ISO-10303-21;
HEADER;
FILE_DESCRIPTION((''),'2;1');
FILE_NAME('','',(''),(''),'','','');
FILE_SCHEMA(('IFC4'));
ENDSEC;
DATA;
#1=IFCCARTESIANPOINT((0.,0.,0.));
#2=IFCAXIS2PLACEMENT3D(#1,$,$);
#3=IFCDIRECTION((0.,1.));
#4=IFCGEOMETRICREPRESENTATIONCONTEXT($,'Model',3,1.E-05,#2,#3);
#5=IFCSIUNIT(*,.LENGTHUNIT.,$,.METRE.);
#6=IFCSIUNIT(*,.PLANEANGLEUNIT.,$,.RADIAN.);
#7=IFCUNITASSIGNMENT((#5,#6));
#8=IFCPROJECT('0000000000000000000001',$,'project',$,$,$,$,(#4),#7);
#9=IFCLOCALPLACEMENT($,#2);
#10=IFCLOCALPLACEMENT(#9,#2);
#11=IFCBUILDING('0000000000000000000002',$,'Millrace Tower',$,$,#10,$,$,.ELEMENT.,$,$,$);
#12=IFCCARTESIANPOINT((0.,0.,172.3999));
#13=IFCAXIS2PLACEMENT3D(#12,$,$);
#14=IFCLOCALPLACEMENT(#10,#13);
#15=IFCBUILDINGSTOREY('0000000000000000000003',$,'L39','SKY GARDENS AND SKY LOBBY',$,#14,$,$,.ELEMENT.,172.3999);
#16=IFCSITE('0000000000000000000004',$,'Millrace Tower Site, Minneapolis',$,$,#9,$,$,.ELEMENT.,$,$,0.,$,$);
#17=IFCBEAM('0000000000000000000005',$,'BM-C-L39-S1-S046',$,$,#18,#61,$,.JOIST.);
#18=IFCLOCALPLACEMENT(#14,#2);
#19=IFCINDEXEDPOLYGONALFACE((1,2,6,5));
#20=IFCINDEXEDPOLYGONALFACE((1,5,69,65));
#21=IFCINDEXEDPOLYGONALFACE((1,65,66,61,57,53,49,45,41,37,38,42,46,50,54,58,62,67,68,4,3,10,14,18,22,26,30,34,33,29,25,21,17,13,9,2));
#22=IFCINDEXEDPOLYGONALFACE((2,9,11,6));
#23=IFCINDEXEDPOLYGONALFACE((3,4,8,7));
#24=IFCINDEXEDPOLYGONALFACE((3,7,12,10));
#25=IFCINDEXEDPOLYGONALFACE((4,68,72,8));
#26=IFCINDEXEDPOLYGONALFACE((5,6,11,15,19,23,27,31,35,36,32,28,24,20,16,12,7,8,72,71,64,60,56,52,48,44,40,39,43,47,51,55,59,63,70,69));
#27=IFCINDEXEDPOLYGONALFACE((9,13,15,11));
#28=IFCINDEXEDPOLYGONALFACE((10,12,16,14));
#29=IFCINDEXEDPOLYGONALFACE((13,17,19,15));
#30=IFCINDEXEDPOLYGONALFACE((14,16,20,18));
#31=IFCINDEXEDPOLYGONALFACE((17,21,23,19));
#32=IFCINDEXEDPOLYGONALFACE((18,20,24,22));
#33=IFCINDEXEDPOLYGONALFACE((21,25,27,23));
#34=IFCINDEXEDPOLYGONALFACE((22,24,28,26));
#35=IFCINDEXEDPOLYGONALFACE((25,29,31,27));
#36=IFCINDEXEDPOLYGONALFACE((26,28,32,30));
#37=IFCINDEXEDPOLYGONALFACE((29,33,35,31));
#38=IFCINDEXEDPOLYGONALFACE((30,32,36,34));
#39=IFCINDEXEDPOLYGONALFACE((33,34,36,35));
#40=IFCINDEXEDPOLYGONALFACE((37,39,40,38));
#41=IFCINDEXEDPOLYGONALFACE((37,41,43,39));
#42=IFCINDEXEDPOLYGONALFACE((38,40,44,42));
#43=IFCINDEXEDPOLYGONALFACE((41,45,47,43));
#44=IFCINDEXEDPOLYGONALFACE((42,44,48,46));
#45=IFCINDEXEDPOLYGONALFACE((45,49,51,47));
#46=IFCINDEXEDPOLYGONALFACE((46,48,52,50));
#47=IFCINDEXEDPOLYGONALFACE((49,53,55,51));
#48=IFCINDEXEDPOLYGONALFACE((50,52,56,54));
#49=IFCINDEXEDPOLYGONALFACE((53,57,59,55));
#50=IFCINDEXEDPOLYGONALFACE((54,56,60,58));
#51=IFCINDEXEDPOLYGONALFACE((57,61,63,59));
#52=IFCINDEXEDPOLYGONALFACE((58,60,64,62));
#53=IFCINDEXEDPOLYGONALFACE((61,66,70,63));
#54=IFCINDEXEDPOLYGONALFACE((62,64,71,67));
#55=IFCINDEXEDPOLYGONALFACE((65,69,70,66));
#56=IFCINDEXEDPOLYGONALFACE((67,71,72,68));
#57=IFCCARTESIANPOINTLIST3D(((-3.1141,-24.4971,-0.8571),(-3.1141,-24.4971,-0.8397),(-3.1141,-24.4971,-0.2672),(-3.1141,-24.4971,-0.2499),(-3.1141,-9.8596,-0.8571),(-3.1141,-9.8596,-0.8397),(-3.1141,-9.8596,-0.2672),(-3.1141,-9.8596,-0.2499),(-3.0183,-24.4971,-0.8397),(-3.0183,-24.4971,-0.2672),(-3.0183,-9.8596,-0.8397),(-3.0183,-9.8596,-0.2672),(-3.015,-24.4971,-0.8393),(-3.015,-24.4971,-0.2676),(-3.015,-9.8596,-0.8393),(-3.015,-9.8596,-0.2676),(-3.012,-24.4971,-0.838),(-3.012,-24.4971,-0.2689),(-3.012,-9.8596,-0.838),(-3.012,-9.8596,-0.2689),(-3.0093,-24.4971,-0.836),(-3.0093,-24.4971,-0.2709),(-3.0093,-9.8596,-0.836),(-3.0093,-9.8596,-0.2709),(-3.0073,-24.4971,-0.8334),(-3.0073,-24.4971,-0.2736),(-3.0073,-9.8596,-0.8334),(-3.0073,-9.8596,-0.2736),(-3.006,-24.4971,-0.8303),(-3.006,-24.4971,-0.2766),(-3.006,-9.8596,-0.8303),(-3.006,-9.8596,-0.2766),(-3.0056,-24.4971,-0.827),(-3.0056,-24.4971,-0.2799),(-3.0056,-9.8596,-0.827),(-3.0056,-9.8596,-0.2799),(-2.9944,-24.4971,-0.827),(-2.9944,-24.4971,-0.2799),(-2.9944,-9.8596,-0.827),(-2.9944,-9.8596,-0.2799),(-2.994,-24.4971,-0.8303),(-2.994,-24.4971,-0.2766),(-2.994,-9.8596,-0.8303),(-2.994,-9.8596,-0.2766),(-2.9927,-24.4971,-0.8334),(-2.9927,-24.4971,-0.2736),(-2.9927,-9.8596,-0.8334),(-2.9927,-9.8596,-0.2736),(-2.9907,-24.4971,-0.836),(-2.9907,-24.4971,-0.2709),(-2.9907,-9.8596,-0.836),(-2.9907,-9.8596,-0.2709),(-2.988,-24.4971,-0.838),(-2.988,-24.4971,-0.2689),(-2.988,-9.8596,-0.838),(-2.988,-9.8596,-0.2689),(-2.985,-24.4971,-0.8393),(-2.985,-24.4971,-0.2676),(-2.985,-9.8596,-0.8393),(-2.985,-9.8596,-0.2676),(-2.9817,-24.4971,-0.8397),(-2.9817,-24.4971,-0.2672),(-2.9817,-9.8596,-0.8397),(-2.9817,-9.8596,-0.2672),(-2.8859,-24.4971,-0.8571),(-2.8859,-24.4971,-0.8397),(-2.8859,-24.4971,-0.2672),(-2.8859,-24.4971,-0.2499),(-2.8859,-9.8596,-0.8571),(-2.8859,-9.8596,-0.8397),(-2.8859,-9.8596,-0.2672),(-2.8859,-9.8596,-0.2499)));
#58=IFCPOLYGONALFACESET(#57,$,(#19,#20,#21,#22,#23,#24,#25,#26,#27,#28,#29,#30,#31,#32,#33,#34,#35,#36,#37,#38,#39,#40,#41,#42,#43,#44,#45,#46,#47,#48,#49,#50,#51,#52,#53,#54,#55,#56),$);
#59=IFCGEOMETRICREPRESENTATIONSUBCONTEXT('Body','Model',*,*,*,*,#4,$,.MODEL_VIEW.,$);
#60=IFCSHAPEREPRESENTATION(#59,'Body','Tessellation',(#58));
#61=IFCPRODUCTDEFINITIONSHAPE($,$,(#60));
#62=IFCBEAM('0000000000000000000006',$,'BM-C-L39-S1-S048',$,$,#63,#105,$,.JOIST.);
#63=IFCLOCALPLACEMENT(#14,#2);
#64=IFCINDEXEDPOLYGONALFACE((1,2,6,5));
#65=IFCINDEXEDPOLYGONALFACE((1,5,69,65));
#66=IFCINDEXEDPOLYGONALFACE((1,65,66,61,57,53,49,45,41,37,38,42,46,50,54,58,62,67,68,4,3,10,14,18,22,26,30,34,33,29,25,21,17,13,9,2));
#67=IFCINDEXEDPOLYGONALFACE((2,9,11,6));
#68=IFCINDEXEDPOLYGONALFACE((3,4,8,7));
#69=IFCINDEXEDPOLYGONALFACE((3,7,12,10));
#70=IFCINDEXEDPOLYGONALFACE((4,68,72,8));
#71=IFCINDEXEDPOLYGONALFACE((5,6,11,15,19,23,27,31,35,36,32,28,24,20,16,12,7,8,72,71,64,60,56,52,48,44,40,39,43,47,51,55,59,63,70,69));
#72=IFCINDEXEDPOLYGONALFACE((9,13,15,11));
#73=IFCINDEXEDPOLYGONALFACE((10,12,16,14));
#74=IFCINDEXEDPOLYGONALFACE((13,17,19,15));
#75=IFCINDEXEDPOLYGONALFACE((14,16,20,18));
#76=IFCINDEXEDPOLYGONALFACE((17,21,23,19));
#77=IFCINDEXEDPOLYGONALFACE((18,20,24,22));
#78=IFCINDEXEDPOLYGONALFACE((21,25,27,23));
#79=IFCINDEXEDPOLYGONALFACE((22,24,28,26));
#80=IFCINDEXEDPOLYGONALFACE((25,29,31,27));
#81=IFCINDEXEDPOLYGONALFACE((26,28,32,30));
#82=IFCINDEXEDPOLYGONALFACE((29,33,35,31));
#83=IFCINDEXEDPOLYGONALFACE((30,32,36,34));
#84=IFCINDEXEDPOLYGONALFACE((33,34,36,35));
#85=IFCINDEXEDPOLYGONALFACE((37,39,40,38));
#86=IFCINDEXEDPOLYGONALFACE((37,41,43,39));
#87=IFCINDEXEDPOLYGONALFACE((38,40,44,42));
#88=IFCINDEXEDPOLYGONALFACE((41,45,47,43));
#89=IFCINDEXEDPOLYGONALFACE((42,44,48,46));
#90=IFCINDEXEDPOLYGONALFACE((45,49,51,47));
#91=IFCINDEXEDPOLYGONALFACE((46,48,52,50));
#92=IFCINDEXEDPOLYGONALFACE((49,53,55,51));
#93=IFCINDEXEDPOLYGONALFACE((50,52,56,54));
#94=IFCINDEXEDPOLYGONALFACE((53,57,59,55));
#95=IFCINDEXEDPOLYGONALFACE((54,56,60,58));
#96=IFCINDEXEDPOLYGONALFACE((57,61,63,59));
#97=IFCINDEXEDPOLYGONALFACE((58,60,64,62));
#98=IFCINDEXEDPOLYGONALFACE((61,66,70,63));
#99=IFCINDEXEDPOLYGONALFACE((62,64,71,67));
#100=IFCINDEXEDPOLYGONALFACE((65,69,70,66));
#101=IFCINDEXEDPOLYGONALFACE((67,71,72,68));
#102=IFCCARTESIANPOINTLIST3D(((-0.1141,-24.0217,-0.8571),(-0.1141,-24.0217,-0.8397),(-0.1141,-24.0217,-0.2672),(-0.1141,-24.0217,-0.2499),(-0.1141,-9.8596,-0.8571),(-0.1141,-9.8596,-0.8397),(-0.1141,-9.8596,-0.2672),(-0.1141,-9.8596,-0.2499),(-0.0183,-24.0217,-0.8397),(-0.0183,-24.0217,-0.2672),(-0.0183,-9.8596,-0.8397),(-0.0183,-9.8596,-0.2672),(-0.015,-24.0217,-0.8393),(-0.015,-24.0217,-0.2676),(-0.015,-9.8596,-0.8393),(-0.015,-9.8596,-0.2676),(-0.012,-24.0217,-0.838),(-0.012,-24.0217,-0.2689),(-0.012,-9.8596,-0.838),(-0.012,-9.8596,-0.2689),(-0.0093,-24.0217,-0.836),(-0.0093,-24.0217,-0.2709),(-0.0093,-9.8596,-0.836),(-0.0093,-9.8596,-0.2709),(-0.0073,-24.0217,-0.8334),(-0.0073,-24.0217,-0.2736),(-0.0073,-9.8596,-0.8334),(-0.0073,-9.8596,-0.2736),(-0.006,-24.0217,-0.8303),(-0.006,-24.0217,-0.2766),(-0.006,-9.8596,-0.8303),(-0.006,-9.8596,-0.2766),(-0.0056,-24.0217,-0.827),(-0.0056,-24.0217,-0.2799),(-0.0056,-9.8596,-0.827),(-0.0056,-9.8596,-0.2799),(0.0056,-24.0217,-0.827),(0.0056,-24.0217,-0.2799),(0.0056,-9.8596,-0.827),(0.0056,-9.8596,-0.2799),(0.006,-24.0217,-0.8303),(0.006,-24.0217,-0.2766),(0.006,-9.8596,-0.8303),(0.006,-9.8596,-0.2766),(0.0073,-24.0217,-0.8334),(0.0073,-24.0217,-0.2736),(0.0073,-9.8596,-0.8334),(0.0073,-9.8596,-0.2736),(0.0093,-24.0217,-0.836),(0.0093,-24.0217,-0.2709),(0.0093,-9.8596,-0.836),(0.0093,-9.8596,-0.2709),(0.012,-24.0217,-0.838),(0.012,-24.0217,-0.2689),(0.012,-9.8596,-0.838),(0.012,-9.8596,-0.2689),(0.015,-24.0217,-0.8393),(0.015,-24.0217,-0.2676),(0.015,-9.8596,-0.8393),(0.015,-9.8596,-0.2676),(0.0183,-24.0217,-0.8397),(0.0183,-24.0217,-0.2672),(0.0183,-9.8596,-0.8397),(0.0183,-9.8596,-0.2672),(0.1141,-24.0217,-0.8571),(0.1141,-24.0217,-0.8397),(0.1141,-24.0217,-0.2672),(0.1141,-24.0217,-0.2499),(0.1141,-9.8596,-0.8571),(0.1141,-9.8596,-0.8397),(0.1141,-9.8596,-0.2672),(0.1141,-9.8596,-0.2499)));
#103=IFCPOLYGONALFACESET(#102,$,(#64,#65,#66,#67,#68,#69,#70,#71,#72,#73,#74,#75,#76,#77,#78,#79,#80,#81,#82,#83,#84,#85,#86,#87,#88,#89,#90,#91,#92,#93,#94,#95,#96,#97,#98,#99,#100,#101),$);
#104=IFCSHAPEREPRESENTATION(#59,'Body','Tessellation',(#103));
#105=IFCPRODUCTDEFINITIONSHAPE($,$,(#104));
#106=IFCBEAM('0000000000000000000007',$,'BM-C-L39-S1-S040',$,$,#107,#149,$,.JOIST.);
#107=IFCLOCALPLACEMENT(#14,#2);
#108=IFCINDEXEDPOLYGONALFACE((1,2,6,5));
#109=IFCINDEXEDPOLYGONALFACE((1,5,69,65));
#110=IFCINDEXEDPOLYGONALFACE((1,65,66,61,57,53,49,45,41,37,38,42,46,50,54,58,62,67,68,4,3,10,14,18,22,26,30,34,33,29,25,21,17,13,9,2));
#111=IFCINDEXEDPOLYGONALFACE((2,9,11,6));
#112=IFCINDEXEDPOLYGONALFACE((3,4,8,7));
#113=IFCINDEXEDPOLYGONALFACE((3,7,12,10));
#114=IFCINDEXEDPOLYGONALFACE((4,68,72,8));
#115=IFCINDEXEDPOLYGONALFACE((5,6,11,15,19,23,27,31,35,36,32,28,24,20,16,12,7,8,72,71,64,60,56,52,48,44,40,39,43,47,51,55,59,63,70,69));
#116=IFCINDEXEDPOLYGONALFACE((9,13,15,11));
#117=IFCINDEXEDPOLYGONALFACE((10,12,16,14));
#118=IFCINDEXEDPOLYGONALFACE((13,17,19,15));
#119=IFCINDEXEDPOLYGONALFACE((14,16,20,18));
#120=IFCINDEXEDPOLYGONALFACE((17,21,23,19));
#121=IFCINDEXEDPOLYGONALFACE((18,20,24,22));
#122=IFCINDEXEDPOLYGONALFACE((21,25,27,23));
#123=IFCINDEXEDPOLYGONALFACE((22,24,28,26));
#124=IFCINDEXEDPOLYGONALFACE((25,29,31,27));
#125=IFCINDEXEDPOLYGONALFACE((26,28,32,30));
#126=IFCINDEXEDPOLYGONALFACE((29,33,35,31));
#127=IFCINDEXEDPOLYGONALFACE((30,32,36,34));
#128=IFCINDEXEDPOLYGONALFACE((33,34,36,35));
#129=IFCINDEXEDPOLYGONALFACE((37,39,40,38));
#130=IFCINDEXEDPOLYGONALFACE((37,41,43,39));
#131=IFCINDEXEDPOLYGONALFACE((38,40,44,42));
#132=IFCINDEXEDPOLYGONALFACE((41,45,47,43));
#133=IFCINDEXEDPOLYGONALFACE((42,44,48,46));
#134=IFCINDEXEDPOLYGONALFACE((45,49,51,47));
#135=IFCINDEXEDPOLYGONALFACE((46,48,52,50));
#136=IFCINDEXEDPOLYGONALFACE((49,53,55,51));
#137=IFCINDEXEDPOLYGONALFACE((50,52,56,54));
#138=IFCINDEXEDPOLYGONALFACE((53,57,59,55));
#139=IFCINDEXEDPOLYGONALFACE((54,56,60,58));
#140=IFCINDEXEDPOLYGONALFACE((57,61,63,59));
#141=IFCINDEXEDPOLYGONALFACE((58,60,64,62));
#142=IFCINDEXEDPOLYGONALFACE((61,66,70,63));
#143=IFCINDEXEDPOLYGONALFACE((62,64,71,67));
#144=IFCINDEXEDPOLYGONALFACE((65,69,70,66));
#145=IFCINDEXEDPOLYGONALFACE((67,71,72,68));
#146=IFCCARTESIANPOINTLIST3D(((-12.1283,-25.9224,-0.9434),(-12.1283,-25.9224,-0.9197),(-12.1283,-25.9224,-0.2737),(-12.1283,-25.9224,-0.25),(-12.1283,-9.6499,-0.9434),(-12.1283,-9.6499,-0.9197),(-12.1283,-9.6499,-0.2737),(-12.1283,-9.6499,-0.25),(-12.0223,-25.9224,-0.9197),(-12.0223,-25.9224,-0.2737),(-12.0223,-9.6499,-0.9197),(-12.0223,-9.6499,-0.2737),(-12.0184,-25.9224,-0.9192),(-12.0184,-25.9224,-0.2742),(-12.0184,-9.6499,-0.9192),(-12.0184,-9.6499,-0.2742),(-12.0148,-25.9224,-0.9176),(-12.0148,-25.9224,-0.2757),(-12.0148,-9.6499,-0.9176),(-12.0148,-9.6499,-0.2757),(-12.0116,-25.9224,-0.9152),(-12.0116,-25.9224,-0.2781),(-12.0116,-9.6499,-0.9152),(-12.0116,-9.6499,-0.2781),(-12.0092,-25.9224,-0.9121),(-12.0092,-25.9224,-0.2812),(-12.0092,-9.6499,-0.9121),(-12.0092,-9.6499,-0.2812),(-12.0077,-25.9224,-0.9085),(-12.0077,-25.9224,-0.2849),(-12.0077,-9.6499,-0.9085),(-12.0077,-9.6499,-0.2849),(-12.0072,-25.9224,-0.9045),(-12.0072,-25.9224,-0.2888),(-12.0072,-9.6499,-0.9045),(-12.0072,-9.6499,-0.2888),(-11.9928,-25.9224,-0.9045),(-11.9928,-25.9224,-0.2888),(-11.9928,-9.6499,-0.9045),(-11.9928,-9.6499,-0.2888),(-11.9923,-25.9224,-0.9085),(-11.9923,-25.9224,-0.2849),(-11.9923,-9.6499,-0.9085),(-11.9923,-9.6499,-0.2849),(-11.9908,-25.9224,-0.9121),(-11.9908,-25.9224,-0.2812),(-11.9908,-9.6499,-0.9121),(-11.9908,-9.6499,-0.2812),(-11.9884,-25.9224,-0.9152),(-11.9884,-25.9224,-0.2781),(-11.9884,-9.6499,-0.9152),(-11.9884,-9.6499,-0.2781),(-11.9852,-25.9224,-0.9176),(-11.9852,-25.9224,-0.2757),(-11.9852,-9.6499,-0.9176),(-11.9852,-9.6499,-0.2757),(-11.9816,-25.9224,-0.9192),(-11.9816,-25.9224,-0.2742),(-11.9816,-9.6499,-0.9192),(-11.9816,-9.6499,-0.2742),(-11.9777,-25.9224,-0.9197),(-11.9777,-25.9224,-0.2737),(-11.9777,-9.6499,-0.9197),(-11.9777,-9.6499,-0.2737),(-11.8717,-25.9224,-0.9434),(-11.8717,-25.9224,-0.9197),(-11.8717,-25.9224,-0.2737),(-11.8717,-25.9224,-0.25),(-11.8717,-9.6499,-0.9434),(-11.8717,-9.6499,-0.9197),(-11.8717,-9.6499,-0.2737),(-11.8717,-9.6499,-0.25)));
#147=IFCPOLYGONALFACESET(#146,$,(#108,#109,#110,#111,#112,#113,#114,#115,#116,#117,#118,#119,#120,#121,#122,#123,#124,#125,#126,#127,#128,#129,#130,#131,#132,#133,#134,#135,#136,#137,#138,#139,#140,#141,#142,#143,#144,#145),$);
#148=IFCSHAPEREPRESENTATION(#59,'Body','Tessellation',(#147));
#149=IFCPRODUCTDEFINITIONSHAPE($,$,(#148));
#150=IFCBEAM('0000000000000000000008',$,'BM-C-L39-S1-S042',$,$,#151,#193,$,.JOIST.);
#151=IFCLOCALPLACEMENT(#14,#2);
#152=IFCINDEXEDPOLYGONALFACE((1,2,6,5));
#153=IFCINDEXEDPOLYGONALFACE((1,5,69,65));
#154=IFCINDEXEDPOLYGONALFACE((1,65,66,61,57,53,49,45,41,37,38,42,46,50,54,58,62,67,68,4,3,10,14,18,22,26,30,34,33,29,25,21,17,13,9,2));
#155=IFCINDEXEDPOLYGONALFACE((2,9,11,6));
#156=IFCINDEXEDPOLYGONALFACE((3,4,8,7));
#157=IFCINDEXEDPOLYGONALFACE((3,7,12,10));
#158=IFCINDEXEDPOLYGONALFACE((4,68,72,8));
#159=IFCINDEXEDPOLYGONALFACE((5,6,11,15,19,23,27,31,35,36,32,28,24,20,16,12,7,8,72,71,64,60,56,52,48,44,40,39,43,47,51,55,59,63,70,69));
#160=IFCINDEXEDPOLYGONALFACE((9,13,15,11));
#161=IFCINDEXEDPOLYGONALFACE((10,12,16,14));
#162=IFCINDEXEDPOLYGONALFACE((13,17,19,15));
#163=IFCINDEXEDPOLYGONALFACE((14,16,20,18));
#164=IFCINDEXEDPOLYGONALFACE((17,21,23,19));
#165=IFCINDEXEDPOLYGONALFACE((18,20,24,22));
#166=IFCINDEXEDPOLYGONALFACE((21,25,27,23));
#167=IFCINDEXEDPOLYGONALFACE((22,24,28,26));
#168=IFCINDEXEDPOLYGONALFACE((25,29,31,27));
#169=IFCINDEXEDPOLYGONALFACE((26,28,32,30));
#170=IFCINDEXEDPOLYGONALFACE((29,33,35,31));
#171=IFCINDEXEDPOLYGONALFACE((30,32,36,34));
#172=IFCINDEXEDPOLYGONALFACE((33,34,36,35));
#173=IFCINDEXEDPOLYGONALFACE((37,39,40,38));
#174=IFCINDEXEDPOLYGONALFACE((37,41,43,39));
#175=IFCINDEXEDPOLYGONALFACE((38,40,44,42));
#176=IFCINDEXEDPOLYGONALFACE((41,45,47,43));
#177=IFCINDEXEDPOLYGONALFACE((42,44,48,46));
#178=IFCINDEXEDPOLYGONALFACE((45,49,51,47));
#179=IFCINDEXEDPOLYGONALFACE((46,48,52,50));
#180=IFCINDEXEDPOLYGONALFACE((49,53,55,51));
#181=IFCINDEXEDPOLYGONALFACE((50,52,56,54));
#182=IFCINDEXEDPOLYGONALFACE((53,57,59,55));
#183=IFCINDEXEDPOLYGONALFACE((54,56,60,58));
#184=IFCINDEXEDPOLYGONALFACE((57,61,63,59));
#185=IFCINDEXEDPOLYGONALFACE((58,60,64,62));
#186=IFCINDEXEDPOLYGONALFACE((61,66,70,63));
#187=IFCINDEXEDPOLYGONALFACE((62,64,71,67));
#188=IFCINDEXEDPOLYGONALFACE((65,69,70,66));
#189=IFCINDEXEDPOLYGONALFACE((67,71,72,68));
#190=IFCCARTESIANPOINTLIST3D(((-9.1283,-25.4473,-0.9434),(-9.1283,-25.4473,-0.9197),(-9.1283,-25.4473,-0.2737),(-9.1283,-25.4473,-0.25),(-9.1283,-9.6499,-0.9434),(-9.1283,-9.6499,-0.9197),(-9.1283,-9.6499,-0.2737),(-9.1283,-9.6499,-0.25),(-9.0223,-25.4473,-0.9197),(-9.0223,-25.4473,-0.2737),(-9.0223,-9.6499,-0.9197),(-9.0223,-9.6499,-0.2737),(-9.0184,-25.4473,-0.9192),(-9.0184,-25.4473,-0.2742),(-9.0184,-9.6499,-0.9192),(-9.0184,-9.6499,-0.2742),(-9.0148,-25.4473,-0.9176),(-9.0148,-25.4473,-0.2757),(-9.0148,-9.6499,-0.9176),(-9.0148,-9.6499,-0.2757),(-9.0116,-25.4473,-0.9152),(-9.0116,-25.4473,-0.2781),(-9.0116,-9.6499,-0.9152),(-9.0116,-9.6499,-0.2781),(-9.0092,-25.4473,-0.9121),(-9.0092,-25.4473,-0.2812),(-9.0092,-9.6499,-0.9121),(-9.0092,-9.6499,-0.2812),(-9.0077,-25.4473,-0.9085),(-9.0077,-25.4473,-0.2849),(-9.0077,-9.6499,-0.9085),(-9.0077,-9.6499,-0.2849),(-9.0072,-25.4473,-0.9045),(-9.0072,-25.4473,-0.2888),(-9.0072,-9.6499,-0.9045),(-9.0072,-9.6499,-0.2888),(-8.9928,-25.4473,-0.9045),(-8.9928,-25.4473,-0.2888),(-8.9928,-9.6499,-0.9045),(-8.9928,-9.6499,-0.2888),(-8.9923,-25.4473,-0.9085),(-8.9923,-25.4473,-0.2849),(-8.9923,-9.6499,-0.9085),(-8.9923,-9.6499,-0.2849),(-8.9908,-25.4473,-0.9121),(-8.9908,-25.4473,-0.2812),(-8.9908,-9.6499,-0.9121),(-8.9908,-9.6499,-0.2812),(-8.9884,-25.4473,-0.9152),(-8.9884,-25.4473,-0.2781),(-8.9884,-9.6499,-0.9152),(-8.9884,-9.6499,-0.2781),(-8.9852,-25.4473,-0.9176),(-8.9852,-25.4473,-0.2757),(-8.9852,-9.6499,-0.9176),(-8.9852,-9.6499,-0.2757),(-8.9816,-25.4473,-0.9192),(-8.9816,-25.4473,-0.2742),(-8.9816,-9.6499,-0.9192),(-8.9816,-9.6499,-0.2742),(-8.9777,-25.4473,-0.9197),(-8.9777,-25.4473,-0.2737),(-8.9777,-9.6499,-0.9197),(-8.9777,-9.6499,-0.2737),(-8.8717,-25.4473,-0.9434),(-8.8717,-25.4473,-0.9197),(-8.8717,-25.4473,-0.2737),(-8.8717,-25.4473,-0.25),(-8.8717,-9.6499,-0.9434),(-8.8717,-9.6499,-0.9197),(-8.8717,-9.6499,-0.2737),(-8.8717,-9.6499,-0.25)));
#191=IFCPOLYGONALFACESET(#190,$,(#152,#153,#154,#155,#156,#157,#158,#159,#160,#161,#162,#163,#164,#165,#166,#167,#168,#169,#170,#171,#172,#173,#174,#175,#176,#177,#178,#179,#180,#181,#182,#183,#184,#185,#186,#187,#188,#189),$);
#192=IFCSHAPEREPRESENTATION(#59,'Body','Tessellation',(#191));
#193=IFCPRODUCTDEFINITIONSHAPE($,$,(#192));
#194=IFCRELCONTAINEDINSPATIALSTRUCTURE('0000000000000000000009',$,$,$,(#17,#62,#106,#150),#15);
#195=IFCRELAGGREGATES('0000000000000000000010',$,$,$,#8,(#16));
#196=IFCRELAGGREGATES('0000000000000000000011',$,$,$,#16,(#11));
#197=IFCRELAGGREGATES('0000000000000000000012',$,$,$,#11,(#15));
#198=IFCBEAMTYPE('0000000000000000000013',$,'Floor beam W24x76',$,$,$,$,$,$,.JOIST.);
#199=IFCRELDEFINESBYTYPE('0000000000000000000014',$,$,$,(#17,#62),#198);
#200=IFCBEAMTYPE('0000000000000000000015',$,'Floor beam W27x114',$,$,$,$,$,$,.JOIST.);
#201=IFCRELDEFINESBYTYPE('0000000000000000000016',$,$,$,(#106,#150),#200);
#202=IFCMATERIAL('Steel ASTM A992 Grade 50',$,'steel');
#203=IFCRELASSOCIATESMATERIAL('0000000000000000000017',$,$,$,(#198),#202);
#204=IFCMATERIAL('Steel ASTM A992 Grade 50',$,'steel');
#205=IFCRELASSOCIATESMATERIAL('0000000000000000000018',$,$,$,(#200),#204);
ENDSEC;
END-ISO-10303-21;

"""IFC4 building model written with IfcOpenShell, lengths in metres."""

from ifc_helpers import new_model, si_unit, direction, frame, origin, origin_2d, place, context, subcontext, project, spatial, i_section, extrude, material, material_profile, profile_set, type_object, element, save


model = new_model("IFC4")

# Units and contexts
model_context = context("Model", 3, precision=1e-05, world=origin(), true_north=direction((0.0, 1.0)))
body_context = subcontext(model_context, "Body", "Model", "MODEL_VIEW")
ifc_project = project(units=[si_unit("LENGTHUNIT", "METRE"), si_unit("PLANEANGLEUNIT", "RADIAN")], contexts=[model_context])

# Site, building, storey
site_placement = place(None, origin())
site = spatial("IfcSite", under=ifc_project, at=site_placement, Name="Millrace Tower Site, Minneapolis", CompositionType="ELEMENT", RefElevation=0.0)
building_placement = place(site_placement, origin())
building = spatial("IfcBuilding", under=site, at=building_placement, Name="Millrace Tower", CompositionType="ELEMENT")
storey_placement = place(building_placement, frame((0.0, 0.0, 172.3999)))
storey = spatial("IfcBuildingStorey", under=building, at=storey_placement, Name="L39", Description="SKY GARDENS AND SKY LOBBY", CompositionType="ELEMENT", Elevation=172.3999)

# Beams
ifc_material_1 = material(Name="Steel ASTM A992 Grade 50", Category="steel")
ifc_material_profile_1 = material_profile(ifc_material_1, i_section(OverallWidth=0.2283, OverallDepth=0.6072, WebThickness=0.0112, FlangeThickness=0.0173, FilletRadius=0.0127, at=origin_2d()))
ifc_profile_set_1 = profile_set([ifc_material_profile_1], Name="Steel ASTM A992 Grade 50")
beam_type_1 = type_object("IfcBeamType", Name="Floor beam W24x76", PredefinedType="JOIST", material=ifc_profile_set_1)
beam_1_placement = place(storey_placement, frame((-3.0, -24.4971, -0.5535), z_axis=(0.0, 1.0, 0.0), x_axis=(-1.0, 0.0, 0.0)))
element("IfcBeam", 1, at=beam_1_placement, inside=storey, type_object=beam_type_1, Name="BM-C-L39-S1-S046", PredefinedType="JOIST", context=body_context, shape_type="SweptSolid", body=[
    extrude(i_section(OverallWidth=0.2283, OverallDepth=0.6072, WebThickness=0.0112, FlangeThickness=0.0173, FilletRadius=0.0127, at=origin_2d()), origin(), (0.0, 0.0, 1.0), 14.6375),
])
beam_2_placement = place(storey_placement, frame((0.0, -24.0217, -0.5535), z_axis=(0.0, 1.0, 0.0), x_axis=(-1.0, 0.0, 0.0)))
element("IfcBeam", 2, at=beam_2_placement, inside=storey, type_object=beam_type_1, Name="BM-C-L39-S1-S048", PredefinedType="JOIST", context=body_context, shape_type="SweptSolid", body=[
    extrude(i_section(OverallWidth=0.2283, OverallDepth=0.6072, WebThickness=0.0112, FlangeThickness=0.0173, FilletRadius=0.0127, at=origin_2d()), origin(), (0.0, 0.0, 1.0), 14.1621),
])
ifc_material_2 = material(Name="Steel ASTM A992 Grade 50", Category="steel")
ifc_material_profile_2 = material_profile(ifc_material_2, i_section(OverallWidth=0.2566, OverallDepth=0.6934, WebThickness=0.0144, FlangeThickness=0.0237, FilletRadius=0.0151, at=origin_2d()))
ifc_profile_set_2 = profile_set([ifc_material_profile_2], Name="Steel ASTM A992 Grade 50")
beam_type_2 = type_object("IfcBeamType", Name="Floor beam W27x114", PredefinedType="JOIST", material=ifc_profile_set_2)
beam_3_placement = place(storey_placement, frame((-12.0, -25.9224, -0.5967), z_axis=(0.0, 1.0, 0.0), x_axis=(-1.0, 0.0, 0.0)))
element("IfcBeam", 3, at=beam_3_placement, inside=storey, type_object=beam_type_2, Name="BM-C-L39-S1-S040", PredefinedType="JOIST", context=body_context, shape_type="SweptSolid", body=[
    extrude(i_section(OverallWidth=0.2566, OverallDepth=0.6934, WebThickness=0.0144, FlangeThickness=0.0237, FilletRadius=0.0151, at=origin_2d()), origin(), (0.0, 0.0, 1.0), 16.2725),
])
beam_4_placement = place(storey_placement, frame((-9.0, -25.4473, -0.5967), z_axis=(0.0, 1.0, 0.0), x_axis=(-1.0, 0.0, 0.0)))
element("IfcBeam", 4, at=beam_4_placement, inside=storey, type_object=beam_type_2, Name="BM-C-L39-S1-S042", PredefinedType="JOIST", context=body_context, shape_type="SweptSolid", body=[
    extrude(i_section(OverallWidth=0.2566, OverallDepth=0.6934, WebThickness=0.0144, FlangeThickness=0.0237, FilletRadius=0.0151, at=origin_2d()), origin(), (0.0, 0.0, 1.0), 15.7974),
])

save(model, "model.ifc")
